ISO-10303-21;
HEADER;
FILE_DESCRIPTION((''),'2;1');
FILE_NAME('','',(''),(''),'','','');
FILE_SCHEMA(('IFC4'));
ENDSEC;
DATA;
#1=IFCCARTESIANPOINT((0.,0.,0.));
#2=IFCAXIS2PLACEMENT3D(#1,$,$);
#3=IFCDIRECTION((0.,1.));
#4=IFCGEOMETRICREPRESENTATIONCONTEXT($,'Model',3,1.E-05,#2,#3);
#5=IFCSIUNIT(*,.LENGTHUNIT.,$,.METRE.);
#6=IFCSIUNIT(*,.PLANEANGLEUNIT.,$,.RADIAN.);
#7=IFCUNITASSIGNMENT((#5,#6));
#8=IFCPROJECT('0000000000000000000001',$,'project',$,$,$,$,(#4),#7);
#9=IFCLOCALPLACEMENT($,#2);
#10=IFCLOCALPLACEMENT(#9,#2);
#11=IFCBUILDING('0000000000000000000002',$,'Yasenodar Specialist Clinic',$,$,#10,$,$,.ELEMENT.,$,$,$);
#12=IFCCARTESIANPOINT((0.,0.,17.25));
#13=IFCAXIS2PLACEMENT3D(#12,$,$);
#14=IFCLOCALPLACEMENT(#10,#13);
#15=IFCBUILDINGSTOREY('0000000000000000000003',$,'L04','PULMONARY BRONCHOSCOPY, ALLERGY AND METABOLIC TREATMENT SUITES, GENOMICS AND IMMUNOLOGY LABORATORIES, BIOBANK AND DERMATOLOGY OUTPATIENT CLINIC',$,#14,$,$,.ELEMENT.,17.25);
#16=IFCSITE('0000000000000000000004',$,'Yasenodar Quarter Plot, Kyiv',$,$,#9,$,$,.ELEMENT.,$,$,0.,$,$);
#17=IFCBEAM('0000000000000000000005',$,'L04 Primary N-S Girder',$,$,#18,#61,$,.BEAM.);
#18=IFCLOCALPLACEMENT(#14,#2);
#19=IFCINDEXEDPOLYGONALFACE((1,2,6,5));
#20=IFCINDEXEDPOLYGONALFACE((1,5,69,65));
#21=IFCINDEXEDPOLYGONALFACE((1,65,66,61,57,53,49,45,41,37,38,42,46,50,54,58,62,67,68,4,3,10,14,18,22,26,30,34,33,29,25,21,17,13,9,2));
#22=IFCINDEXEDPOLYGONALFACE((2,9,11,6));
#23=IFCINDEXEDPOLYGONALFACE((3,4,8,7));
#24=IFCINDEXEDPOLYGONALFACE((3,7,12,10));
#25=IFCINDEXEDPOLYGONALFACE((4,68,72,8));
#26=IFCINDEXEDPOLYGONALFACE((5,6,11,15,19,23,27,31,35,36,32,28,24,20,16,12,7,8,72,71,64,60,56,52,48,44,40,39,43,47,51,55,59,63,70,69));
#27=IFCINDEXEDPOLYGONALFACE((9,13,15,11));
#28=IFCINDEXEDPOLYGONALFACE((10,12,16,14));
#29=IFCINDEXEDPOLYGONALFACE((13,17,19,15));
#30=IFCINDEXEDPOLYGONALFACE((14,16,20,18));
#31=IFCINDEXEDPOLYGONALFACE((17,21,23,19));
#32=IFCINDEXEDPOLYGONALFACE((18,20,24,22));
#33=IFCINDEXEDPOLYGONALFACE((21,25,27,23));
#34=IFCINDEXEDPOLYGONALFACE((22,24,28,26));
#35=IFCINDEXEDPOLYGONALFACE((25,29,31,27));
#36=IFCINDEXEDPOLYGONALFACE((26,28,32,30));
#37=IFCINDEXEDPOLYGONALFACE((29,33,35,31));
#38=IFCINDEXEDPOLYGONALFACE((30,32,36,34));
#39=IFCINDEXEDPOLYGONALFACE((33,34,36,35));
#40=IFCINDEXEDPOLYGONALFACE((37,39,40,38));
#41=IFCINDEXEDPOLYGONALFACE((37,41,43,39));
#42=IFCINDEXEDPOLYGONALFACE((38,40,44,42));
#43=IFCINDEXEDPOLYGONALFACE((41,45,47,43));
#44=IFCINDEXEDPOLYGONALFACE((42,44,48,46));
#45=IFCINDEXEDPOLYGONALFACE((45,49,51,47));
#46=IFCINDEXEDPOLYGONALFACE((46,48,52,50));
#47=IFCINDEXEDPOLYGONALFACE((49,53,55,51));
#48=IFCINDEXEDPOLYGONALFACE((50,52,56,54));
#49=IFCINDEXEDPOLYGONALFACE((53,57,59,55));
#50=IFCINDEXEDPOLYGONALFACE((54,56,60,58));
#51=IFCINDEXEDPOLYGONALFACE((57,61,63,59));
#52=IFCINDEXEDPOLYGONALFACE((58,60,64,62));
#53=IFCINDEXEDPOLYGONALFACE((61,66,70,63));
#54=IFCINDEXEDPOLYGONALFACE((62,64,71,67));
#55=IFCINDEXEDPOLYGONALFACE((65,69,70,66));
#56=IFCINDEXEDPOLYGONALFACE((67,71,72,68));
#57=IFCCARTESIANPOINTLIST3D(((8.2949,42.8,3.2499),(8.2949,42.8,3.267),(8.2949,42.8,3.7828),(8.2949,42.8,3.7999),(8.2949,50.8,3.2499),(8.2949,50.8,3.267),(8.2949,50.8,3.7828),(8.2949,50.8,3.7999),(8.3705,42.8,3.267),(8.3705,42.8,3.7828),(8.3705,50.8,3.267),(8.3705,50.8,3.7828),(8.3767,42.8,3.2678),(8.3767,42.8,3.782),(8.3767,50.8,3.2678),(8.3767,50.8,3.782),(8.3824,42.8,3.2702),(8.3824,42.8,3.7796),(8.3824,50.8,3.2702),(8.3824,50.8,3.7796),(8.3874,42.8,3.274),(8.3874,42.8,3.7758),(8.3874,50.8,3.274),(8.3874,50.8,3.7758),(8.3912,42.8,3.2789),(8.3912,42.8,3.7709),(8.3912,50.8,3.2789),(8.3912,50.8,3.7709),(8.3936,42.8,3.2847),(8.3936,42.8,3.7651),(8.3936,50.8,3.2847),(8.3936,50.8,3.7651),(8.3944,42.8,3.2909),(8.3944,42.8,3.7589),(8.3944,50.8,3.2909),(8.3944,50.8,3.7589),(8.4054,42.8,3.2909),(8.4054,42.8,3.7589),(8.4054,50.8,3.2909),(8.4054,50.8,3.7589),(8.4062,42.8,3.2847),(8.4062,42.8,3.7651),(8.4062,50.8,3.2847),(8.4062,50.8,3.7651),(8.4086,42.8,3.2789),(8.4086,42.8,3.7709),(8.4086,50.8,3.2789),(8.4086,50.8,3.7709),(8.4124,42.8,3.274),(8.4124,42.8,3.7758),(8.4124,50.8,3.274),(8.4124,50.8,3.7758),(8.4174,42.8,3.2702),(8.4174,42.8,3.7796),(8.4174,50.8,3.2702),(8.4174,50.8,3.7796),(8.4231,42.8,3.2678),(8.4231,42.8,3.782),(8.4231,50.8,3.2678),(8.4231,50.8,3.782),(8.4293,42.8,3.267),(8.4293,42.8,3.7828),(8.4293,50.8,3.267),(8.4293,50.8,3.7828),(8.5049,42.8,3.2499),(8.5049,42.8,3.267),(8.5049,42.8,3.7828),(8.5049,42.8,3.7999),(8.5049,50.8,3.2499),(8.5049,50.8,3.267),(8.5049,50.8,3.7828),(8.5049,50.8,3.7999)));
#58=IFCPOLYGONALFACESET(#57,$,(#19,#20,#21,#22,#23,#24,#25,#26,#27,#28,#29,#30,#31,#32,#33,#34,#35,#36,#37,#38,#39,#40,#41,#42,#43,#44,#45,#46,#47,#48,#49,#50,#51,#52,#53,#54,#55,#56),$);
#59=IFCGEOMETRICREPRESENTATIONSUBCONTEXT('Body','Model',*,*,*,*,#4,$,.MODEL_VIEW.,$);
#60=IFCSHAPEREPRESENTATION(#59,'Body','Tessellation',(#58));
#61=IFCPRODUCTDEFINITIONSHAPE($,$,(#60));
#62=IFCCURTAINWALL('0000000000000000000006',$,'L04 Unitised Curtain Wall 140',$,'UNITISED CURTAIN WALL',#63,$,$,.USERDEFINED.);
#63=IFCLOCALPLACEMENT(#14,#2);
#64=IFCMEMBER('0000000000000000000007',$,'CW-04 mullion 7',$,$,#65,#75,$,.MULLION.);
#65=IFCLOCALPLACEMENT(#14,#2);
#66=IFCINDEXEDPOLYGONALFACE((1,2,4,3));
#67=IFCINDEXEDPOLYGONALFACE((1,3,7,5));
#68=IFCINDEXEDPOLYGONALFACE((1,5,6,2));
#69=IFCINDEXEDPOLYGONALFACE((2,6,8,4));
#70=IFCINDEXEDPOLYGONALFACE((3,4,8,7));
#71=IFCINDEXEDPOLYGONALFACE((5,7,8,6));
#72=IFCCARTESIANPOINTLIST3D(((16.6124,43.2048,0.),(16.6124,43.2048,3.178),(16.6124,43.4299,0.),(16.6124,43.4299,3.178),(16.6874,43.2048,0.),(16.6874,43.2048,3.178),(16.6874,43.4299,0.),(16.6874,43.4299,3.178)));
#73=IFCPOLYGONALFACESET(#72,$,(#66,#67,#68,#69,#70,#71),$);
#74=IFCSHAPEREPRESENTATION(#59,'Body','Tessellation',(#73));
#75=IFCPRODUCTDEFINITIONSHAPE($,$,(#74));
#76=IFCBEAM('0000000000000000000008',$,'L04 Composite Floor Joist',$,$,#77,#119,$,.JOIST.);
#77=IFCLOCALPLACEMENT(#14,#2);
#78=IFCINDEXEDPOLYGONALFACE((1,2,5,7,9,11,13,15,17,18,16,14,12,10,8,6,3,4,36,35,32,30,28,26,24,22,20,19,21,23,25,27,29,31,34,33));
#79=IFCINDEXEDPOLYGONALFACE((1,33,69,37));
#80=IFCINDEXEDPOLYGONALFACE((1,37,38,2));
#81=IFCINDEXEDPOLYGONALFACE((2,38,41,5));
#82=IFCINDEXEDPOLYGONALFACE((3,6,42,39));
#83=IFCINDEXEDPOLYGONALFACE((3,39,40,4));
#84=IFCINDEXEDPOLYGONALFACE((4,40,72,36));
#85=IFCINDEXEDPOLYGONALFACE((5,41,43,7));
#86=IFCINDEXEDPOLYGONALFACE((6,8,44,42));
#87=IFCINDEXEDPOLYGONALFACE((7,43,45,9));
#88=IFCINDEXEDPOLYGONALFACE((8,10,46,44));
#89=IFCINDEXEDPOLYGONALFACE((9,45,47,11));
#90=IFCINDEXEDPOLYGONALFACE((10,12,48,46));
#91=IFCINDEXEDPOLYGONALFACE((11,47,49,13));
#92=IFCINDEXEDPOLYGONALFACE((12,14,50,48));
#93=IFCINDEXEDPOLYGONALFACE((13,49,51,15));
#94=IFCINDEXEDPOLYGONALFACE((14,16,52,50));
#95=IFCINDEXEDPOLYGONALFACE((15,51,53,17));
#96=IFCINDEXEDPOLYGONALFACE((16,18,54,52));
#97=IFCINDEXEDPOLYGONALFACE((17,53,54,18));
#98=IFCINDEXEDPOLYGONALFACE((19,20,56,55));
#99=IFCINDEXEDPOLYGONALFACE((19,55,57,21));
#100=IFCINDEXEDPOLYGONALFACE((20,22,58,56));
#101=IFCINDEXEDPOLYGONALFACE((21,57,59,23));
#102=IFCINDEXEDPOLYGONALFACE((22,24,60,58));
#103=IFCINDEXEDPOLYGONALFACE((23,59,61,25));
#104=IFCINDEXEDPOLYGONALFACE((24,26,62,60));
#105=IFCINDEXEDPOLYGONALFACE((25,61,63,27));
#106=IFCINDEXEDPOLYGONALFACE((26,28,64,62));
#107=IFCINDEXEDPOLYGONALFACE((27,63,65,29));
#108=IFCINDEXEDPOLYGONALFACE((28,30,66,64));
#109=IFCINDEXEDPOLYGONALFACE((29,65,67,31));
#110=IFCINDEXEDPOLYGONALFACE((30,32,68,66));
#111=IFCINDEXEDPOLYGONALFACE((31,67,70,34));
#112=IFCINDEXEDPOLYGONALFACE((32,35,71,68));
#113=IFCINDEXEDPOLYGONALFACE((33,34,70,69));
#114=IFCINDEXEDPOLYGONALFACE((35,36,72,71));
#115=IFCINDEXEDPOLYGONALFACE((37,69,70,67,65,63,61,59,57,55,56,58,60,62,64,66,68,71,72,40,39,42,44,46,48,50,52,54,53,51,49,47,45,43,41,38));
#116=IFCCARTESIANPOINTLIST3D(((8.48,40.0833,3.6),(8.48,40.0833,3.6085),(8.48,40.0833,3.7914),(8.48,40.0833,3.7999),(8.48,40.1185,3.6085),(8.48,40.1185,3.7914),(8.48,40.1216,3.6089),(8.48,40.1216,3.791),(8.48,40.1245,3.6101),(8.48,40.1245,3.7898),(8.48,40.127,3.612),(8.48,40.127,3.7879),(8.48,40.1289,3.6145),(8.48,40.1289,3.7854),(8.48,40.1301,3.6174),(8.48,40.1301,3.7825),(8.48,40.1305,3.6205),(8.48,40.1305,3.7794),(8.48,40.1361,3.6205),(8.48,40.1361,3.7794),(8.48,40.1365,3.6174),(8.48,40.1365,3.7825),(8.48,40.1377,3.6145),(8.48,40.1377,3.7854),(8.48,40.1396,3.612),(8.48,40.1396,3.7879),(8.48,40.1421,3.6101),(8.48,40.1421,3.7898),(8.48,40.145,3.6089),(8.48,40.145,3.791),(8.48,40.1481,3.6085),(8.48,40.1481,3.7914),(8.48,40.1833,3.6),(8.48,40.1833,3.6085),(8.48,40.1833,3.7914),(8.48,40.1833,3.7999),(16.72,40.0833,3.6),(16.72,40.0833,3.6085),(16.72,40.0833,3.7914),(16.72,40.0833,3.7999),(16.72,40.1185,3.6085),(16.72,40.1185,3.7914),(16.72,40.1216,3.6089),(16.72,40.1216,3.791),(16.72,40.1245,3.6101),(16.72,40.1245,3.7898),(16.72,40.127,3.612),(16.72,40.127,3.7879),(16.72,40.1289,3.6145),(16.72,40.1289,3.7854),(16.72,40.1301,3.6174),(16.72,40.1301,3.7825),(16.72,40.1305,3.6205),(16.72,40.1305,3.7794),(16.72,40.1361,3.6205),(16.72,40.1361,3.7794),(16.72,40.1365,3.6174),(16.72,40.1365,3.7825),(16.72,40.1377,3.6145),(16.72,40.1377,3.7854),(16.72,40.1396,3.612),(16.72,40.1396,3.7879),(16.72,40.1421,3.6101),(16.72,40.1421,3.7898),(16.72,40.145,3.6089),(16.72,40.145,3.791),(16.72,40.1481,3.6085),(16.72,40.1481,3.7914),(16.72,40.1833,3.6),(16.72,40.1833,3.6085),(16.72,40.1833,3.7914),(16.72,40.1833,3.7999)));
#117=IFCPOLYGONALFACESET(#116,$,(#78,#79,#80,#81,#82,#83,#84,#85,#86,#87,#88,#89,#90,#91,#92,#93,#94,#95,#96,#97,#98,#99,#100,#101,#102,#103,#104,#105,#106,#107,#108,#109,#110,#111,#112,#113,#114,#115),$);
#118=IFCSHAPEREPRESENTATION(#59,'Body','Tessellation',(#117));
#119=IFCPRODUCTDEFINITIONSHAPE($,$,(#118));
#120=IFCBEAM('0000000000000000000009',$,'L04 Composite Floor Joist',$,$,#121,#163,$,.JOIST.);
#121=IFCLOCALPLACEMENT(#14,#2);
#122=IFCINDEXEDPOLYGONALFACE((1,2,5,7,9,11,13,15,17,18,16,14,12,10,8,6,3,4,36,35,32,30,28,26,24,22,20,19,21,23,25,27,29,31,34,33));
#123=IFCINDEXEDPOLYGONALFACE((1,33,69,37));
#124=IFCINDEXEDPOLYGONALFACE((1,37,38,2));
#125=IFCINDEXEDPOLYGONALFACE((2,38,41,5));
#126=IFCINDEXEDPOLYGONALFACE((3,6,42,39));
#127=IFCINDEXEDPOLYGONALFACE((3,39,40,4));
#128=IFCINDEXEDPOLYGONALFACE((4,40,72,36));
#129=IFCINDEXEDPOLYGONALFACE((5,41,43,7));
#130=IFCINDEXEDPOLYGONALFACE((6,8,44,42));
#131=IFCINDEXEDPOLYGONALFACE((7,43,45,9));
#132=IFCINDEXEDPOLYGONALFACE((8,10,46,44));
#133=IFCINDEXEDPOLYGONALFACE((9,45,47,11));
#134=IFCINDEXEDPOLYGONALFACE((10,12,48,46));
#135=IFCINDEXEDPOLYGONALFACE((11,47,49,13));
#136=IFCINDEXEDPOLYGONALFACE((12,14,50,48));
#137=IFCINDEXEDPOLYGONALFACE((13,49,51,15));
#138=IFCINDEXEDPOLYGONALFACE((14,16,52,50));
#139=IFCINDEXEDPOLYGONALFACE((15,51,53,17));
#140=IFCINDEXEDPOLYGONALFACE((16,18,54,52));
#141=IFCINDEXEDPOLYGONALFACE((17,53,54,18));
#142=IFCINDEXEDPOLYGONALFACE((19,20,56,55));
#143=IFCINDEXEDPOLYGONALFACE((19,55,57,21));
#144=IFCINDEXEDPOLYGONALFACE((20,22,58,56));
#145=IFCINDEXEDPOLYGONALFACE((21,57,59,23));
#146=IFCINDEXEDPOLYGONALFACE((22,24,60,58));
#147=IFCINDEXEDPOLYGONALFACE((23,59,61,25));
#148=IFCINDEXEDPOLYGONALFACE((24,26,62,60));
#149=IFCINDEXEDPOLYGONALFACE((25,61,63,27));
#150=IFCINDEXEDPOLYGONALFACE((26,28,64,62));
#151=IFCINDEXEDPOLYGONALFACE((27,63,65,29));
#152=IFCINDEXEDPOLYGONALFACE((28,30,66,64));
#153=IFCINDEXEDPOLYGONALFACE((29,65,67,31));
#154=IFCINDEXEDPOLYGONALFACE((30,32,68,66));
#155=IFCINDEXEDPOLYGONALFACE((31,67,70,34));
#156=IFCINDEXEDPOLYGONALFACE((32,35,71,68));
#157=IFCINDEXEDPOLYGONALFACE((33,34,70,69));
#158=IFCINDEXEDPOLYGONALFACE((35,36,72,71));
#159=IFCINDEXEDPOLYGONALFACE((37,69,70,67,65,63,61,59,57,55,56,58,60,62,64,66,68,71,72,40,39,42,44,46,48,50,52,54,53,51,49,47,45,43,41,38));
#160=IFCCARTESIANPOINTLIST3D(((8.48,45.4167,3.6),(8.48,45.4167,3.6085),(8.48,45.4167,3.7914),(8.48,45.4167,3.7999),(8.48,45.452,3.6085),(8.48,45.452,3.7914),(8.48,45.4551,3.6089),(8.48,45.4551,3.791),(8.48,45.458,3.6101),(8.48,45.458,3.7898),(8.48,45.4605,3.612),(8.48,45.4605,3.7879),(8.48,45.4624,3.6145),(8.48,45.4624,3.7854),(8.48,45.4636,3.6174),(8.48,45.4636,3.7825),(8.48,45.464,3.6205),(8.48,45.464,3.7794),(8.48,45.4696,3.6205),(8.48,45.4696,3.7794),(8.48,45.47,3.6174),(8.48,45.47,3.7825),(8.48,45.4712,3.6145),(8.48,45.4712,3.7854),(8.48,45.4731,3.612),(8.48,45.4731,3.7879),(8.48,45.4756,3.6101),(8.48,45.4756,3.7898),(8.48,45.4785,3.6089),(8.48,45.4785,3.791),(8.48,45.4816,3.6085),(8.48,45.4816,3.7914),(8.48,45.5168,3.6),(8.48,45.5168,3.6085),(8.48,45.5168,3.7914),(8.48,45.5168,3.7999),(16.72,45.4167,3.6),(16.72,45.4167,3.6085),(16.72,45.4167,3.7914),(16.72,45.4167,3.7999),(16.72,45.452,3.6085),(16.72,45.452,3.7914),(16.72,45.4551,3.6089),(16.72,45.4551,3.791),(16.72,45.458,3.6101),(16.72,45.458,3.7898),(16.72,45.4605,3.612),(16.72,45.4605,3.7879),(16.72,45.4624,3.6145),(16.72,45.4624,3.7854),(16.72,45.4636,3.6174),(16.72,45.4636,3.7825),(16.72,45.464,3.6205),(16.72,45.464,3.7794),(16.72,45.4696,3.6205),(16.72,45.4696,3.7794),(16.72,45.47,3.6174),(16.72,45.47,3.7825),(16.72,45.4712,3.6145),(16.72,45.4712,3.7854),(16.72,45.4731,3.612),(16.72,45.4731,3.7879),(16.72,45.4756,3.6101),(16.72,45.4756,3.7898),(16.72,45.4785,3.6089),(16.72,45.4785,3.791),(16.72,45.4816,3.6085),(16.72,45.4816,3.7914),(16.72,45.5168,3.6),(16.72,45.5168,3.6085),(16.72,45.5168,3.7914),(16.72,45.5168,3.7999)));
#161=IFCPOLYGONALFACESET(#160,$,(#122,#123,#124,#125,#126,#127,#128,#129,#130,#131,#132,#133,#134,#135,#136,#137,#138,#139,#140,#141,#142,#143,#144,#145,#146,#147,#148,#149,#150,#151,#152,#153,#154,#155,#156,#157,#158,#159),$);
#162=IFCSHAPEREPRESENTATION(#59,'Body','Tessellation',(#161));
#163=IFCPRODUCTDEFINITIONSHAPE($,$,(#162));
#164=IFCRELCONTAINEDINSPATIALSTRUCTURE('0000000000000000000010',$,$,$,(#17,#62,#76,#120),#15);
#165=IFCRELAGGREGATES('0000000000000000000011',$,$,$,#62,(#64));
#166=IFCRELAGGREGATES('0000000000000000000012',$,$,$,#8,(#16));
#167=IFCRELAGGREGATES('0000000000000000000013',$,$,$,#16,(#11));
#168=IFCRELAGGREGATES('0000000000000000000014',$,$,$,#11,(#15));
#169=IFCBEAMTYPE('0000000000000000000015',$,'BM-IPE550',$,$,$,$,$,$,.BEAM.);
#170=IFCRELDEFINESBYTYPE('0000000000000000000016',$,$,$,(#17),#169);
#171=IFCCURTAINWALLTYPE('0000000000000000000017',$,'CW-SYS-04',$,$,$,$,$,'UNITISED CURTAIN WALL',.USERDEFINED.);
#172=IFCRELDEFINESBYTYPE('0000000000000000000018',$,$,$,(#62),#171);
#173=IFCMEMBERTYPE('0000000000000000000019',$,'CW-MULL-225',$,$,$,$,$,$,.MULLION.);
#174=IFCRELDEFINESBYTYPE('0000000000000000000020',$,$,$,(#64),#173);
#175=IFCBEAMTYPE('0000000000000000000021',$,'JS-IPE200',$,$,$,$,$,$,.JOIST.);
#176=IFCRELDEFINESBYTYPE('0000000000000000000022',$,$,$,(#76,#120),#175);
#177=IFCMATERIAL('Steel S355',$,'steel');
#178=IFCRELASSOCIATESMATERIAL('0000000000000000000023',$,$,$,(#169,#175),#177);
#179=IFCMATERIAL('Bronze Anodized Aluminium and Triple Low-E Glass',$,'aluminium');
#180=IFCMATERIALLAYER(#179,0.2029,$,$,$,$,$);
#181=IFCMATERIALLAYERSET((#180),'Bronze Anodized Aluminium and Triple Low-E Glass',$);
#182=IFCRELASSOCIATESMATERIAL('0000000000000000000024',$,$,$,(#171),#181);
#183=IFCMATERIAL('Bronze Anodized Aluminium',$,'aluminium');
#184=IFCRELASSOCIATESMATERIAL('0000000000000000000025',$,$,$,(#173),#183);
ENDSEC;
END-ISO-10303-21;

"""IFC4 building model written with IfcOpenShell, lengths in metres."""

from ifc_helpers import new_model, si_unit, direction, frame, origin, origin_2d, place, context, subcontext, project, spatial, rectangle, i_section, extrude, material, layer, layer_set, material_profile, profile_set, type_object, element, aggregate, save


model = new_model("IFC4")

# Units and contexts
model_context = context("Model", 3, precision=1e-05, world=origin(), true_north=direction((0.0, 1.0)))
body_context = subcontext(model_context, "Body", "Model", "MODEL_VIEW")
ifc_project = project(units=[si_unit("LENGTHUNIT", "METRE"), si_unit("PLANEANGLEUNIT", "RADIAN")], contexts=[model_context])

# Site, building, storey
site_placement = place(None, origin())
site = spatial("IfcSite", under=ifc_project, at=site_placement, Name="Yasenodar Quarter Plot, Kyiv", CompositionType="ELEMENT", RefElevation=0.0)
building_placement = place(site_placement, origin())
building = spatial("IfcBuilding", under=site, at=building_placement, Name="Yasenodar Specialist Clinic", CompositionType="ELEMENT")
storey_placement = place(building_placement, frame((0.0, 0.0, 17.25)))
storey = spatial("IfcBuildingStorey", under=building, at=storey_placement, Name="L04", Description="PULMONARY BRONCHOSCOPY, ALLERGY AND METABOLIC TREATMENT SUITES, GENOMICS AND IMMUNOLOGY LABORATORIES, BIOBANK AND DERMATOLOGY OUTPATIENT CLINIC", CompositionType="ELEMENT", Elevation=17.25)

# Shared definitions
ifc_material_1 = material(Name="Steel S355", Category="steel")

# Beam
ifc_material_profile_1 = material_profile(ifc_material_1, i_section(OverallWidth=0.21, OverallDepth=0.55, WebThickness=0.011, FlangeThickness=0.0171, FilletRadius=0.0239, at=origin_2d()), Name="IPE 550")
ifc_profile_set_1 = profile_set([ifc_material_profile_1], Name="Steel S355")
beam_type_1 = type_object("IfcBeamType", Name="BM-IPE550", PredefinedType="BEAM", material=ifc_profile_set_1)
beam_1_placement = place(storey_placement, frame((8.3999, 42.8, 3.5249), z_axis=(0.0, 1.0, 0.0), x_axis=(-1.0, 0.0, 0.0)))
element("IfcBeam", 1, at=beam_1_placement, inside=storey, type_object=beam_type_1, Name="L04 Primary N-S Girder", PredefinedType="BEAM", context=body_context, shape_type="SweptSolid", body=[
    extrude(i_section(OverallWidth=0.21, OverallDepth=0.55, WebThickness=0.011, FlangeThickness=0.0171, FilletRadius=0.0239, at=origin_2d()), origin(), (0.0, 0.0, 1.0), 8.0),
])

# Curtain wall, member
ifc_material_2 = material(Name="Bronze Anodized Aluminium and Triple Low-E Glass", Category="aluminium")
ifc_layer_1 = layer(ifc_material_2, 0.2029)
ifc_layer_set_1 = layer_set([ifc_layer_1], Name="Bronze Anodized Aluminium and Triple Low-E Glass")
curtain_wall_type = type_object("IfcCurtainWallType", Name="CW-SYS-04", ElementType="UNITISED CURTAIN WALL", PredefinedType="USERDEFINED", material=ifc_layer_set_1)
curtain_wall_placement = place(storey_placement, origin())
curtain_wall = element("IfcCurtainWall", 2, at=curtain_wall_placement, inside=storey, type_object=curtain_wall_type, Name="L04 Unitised Curtain Wall 140", ObjectType="UNITISED CURTAIN WALL", PredefinedType="USERDEFINED")
ifc_material_3 = material(Name="Bronze Anodized Aluminium", Category="aluminium")
ifc_material_profile_2 = material_profile(ifc_material_3, rectangle(XDim=0.075, YDim=0.2251, at=origin_2d()), Name="CW-MULL 75x225")
ifc_profile_set_2 = profile_set([ifc_material_profile_2], Name="Bronze Anodized Aluminium")
member_type = type_object("IfcMemberType", Name="CW-MULL-225", PredefinedType="MULLION", material=ifc_profile_set_2)
member_placement = place(storey_placement, frame((16.6499, 43.3174, 0.0), z_axis=(0.0, 0.0, 1.0), x_axis=(1.0, 0.0, 0.0)))
member = element("IfcMember", 3, at=member_placement, type_object=member_type, Name="CW-04 mullion 7", PredefinedType="MULLION", context=body_context, shape_type="SweptSolid", body=[
    extrude(rectangle(XDim=0.075, YDim=0.2251, at=origin_2d()), origin(), (0.0, 0.0, 1.0), 3.178),
])
aggregate(curtain_wall, [member])

# Beams
ifc_material_profile_3 = material_profile(ifc_material_1, i_section(OverallWidth=0.1001, OverallDepth=0.2, WebThickness=0.0056, FlangeThickness=0.0085, FilletRadius=0.012, at=origin_2d()), Name="IPE 200")
ifc_profile_set_3 = profile_set([ifc_material_profile_3], Name="Steel S355")
beam_type_2 = type_object("IfcBeamType", Name="JS-IPE200", PredefinedType="JOIST", material=ifc_profile_set_3)
for number, where, z_axis, x_axis, name in (
    (4, (8.48, 40.1333, 3.7), (1.0, 0.0, 0.0), (0.0, 1.0, 0.0), "L04 Composite Floor Joist"),
    (5, (8.48, 45.4668, 3.7), (1.0, 0.0, 0.0), (0.0, 1.0, 0.0), "L04 Composite Floor Joist"),
):
    element("IfcBeam", number, at=place(storey_placement, frame(where, z_axis=z_axis, x_axis=x_axis)), inside=storey, type_object=beam_type_2, Name=name, PredefinedType="JOIST", context=body_context, shape_type="SweptSolid", body=[
        extrude(i_section(OverallWidth=0.1001, OverallDepth=0.2, WebThickness=0.0056, FlangeThickness=0.0085, FilletRadius=0.012, at=origin_2d()), origin(), (0.0, 0.0, 1.0), 8.24),
    ])

save(model, "model.ifc")
